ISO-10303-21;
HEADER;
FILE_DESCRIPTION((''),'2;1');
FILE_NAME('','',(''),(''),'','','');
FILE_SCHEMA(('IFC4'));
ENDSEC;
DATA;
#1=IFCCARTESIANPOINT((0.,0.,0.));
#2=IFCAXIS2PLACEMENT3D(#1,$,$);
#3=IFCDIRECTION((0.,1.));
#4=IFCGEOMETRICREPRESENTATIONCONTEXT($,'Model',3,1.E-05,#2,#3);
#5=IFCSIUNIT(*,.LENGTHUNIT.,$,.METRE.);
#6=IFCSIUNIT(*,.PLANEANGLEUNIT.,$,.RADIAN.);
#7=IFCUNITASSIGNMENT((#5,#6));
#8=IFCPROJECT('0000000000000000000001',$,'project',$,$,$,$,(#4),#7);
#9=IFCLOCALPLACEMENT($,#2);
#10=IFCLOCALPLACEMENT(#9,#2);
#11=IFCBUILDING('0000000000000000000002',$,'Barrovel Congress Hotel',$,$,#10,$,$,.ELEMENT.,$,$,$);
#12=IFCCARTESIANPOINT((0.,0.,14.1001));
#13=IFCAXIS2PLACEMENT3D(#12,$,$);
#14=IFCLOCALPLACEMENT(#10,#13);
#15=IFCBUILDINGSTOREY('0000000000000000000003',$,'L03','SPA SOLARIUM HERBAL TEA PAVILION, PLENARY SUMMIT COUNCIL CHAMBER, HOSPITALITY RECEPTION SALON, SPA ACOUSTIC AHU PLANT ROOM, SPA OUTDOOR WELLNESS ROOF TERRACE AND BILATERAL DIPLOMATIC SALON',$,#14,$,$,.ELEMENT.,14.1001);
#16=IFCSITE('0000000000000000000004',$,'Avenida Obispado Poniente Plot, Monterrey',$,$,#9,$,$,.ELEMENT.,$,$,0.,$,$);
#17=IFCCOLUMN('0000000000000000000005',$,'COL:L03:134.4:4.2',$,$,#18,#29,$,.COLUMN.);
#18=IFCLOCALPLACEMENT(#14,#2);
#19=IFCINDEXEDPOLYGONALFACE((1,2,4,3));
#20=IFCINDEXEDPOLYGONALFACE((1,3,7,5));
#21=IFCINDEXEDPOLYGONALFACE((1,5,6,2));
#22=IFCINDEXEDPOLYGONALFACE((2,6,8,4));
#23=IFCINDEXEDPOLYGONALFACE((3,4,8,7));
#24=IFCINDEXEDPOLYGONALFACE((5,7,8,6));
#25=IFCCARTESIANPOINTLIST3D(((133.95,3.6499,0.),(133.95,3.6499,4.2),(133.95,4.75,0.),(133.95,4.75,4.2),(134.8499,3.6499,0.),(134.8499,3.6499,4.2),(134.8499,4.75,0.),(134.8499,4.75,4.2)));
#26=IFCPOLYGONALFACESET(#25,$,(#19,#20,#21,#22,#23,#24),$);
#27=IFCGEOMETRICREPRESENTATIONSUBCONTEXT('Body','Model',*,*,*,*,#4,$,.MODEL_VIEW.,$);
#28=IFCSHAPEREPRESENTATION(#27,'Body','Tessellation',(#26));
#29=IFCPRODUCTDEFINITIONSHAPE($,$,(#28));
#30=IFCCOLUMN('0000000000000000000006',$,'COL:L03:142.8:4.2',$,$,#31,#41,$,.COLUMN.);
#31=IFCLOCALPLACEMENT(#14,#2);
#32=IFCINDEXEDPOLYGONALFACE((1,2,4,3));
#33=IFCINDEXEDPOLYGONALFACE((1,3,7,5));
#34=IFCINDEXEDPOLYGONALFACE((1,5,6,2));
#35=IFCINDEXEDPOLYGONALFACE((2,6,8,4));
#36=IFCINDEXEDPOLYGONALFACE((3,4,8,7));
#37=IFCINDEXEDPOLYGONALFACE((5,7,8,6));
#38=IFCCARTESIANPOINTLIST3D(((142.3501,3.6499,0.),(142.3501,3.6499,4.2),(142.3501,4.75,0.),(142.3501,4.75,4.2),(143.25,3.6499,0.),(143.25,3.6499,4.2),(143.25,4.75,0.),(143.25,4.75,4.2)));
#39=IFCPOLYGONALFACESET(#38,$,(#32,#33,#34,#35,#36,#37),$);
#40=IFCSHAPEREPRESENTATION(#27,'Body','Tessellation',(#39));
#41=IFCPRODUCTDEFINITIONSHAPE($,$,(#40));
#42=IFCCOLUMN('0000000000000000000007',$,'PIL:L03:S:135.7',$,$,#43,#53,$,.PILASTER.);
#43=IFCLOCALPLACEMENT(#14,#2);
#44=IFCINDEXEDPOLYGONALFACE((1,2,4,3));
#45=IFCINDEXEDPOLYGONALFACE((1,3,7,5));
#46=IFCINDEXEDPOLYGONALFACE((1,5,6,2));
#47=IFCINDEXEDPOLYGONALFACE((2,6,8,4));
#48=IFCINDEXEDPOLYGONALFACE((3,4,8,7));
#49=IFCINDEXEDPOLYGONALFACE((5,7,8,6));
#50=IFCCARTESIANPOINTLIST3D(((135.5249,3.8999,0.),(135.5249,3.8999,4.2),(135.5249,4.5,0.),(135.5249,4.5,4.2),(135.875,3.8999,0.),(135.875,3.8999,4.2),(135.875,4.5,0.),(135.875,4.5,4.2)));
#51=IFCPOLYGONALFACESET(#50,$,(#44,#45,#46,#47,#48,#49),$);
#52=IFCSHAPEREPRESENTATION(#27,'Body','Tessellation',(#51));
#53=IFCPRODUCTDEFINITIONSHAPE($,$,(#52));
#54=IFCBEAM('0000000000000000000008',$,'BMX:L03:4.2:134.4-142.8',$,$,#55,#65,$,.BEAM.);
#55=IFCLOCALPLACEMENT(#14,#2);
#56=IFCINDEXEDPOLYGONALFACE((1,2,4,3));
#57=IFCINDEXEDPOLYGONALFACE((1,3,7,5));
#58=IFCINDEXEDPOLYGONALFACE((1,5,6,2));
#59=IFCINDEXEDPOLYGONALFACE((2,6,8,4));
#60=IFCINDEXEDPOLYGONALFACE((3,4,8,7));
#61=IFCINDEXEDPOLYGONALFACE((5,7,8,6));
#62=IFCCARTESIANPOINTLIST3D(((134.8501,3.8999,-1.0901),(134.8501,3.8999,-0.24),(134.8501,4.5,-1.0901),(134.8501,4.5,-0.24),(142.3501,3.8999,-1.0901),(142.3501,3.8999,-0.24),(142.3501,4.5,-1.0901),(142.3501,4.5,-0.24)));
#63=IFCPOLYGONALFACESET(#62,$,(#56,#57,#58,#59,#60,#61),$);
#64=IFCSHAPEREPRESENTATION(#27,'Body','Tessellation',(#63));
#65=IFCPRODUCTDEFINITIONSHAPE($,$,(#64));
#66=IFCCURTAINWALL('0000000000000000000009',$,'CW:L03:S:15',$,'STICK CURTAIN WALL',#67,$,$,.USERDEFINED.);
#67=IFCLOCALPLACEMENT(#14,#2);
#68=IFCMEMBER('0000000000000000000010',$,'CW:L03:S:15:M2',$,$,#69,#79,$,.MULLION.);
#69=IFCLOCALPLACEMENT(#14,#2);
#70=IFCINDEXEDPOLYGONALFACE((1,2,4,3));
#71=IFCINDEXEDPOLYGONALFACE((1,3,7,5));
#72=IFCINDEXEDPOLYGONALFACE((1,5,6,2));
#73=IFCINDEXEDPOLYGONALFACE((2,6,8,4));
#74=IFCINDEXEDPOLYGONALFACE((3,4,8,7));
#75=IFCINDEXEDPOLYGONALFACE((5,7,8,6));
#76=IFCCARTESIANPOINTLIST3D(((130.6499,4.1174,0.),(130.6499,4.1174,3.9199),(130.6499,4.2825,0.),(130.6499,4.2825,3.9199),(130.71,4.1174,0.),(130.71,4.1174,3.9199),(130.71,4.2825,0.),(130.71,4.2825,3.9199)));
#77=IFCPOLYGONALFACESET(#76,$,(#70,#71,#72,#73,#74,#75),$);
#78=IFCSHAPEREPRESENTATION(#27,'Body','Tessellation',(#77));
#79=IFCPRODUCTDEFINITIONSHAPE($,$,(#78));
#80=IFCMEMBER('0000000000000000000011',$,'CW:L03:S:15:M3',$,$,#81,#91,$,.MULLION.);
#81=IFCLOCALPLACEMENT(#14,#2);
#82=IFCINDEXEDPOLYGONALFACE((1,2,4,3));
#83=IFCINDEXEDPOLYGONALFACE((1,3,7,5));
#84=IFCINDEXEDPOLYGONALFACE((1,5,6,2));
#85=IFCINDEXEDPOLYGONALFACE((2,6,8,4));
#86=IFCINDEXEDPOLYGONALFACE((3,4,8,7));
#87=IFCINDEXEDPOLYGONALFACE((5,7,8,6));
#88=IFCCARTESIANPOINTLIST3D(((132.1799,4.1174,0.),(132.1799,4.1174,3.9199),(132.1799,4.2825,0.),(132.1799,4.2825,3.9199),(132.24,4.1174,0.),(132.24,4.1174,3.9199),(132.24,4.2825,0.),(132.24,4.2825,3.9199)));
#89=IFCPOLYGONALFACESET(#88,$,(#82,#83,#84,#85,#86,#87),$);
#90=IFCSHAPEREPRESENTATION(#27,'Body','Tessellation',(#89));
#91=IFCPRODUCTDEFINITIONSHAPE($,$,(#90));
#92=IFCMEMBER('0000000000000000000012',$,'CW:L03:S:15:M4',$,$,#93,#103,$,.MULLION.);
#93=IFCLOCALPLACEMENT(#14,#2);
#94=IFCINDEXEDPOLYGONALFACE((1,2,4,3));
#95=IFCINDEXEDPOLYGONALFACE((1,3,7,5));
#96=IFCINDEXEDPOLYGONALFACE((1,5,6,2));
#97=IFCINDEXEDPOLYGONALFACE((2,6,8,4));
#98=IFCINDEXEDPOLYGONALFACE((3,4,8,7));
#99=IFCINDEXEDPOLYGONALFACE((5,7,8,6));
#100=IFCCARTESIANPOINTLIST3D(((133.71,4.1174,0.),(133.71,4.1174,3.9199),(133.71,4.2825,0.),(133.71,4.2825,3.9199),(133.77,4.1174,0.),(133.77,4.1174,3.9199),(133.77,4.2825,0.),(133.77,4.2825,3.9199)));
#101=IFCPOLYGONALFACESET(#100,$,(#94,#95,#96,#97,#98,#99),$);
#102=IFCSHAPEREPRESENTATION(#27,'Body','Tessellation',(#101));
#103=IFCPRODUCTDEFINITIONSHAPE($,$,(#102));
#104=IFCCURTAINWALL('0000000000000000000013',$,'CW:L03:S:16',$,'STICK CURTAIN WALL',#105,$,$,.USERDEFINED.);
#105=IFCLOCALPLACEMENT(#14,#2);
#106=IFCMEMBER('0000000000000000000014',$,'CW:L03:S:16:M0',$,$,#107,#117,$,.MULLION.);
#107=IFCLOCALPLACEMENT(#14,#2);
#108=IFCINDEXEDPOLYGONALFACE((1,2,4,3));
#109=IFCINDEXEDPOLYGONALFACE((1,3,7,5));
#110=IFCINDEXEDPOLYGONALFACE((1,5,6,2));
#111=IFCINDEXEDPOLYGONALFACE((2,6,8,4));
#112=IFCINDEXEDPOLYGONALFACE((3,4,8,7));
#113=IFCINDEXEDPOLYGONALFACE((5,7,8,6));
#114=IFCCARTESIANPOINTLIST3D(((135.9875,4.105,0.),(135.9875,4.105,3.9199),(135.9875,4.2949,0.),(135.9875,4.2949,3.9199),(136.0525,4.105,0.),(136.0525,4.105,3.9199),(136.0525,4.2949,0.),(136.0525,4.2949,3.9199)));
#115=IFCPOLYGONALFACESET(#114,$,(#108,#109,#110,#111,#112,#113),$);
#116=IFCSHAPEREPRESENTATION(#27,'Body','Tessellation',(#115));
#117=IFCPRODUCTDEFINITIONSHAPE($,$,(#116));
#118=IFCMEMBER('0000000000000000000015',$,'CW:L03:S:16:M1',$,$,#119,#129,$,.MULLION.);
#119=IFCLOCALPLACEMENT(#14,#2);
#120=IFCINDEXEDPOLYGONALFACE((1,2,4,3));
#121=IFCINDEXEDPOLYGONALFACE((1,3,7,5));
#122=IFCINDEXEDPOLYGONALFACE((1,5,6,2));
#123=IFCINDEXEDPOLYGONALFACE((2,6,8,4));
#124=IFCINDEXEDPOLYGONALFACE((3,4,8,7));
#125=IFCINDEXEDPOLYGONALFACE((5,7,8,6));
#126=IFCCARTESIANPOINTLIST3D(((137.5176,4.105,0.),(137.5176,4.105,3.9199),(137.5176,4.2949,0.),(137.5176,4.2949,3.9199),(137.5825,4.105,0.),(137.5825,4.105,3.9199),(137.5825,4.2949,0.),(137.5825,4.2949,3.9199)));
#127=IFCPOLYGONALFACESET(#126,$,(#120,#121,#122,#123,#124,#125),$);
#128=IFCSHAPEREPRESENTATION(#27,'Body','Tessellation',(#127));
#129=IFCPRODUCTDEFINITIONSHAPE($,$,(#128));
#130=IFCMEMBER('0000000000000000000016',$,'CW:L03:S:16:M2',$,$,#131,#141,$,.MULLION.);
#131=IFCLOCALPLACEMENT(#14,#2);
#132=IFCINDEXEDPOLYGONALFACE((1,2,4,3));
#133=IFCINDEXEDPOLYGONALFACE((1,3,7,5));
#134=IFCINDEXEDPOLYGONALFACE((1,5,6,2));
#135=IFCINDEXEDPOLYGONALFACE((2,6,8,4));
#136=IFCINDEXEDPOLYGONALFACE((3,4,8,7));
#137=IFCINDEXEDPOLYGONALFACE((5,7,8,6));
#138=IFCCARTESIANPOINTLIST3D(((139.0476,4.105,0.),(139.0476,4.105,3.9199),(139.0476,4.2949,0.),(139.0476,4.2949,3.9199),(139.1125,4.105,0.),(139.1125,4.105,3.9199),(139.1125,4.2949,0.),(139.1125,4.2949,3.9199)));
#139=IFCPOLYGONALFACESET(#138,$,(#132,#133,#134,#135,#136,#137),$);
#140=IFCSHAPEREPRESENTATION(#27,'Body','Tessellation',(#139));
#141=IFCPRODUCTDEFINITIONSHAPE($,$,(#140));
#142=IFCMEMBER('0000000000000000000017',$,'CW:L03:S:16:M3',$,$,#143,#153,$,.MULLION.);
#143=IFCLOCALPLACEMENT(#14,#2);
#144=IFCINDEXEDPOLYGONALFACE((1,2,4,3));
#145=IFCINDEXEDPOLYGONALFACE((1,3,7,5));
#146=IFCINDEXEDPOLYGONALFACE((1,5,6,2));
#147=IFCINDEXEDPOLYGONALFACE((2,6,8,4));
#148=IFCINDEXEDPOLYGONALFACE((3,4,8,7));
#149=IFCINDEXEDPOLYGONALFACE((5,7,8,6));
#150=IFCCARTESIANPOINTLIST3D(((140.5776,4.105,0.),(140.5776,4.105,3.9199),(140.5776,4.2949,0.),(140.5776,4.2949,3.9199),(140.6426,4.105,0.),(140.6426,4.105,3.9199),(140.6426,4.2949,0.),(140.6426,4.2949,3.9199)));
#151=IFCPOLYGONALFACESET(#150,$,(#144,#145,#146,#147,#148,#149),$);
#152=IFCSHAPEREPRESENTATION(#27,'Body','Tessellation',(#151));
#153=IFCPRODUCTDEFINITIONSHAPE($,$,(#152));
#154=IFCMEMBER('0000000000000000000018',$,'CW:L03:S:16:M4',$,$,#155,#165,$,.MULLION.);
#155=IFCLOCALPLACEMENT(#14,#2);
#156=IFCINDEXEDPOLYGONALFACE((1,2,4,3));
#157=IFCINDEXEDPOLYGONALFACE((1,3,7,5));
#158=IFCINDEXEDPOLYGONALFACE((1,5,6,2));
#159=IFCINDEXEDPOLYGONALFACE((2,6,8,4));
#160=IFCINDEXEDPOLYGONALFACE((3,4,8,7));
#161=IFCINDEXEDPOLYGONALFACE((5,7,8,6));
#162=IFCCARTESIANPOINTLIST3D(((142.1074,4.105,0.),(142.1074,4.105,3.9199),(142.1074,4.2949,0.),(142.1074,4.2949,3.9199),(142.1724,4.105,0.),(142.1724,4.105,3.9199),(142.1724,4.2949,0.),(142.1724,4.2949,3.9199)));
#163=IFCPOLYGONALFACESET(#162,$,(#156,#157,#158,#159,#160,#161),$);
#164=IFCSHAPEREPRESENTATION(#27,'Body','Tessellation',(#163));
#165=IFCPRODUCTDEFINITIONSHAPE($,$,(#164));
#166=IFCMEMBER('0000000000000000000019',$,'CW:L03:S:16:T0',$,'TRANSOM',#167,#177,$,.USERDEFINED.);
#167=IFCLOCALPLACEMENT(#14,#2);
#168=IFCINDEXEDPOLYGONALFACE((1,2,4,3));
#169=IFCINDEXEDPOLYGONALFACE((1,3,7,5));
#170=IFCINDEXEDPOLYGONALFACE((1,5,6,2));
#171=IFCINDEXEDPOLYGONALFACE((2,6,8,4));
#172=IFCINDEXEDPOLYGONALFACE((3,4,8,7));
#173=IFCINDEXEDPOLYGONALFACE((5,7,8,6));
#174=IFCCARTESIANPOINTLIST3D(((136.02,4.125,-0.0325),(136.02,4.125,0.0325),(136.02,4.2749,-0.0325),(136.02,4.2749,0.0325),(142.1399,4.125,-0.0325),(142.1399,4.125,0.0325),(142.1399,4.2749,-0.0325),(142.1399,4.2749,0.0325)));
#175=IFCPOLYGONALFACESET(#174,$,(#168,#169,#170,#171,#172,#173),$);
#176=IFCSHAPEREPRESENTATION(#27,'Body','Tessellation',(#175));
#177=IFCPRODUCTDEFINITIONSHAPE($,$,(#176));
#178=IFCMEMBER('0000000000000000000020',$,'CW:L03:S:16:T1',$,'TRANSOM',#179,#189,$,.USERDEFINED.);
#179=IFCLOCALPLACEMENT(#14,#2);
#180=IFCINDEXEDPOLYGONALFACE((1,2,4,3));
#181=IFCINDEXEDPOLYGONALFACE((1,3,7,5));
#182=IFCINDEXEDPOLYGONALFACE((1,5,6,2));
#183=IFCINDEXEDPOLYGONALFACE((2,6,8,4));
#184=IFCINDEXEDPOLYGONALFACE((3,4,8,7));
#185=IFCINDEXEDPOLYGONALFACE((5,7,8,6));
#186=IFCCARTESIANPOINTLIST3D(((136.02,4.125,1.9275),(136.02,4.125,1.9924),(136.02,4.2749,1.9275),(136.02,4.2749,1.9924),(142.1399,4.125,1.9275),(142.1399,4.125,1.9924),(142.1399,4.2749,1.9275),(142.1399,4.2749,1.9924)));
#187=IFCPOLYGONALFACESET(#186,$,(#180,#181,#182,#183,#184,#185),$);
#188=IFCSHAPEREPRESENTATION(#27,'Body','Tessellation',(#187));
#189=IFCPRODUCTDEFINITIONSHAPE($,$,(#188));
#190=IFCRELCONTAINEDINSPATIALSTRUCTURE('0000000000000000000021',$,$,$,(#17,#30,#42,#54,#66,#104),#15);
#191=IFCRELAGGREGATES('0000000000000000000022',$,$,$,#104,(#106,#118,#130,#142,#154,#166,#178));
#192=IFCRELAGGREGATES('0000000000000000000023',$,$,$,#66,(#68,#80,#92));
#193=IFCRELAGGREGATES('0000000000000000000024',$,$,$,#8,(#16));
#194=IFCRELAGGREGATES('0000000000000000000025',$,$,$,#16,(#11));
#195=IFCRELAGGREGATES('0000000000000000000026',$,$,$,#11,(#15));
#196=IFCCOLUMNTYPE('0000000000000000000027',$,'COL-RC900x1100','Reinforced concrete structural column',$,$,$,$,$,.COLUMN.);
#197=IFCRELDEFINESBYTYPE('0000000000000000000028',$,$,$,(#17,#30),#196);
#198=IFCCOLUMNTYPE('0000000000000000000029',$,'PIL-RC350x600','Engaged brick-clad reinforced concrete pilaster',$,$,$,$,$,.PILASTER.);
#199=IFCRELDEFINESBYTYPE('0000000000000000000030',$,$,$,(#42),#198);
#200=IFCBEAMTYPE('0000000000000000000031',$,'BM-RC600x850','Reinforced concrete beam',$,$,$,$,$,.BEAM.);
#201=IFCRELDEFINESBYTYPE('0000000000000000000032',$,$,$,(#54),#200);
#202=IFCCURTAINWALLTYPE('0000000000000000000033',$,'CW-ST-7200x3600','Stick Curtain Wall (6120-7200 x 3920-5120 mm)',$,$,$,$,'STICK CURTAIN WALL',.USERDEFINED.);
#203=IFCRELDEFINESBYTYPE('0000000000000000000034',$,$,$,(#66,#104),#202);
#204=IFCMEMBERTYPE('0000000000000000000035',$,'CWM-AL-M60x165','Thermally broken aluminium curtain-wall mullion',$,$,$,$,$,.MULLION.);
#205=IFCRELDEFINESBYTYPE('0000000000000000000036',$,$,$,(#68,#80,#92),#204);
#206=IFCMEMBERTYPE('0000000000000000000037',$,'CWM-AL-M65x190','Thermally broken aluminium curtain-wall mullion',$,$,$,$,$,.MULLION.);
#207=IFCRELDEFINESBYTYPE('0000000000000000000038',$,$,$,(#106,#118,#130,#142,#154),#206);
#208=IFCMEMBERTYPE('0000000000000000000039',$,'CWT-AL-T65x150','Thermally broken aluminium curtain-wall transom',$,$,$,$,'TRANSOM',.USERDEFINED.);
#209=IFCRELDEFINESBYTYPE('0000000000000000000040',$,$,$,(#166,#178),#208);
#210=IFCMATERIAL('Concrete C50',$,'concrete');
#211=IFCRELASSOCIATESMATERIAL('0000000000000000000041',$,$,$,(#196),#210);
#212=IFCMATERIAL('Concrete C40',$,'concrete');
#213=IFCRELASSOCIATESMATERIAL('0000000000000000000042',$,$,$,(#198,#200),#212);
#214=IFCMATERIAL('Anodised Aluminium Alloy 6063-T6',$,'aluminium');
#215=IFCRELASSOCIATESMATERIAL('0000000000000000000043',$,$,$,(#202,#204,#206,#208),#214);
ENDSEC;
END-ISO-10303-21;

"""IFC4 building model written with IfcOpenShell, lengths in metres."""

from ifc_helpers import new_model, si_unit, direction, frame, origin, origin_2d, place, context, subcontext, project, spatial, rectangle, extrude, material, material_profile, profile_set, type_object, element, aggregate, save


model = new_model("IFC4")

# Units and contexts
model_context = context("Model", 3, precision=1e-05, world=origin(), true_north=direction((0.0, 1.0)))
body_context = subcontext(model_context, "Body", "Model", "MODEL_VIEW")
ifc_project = project(units=[si_unit("LENGTHUNIT", "METRE"), si_unit("PLANEANGLEUNIT", "RADIAN")], contexts=[model_context])

# Site, building, storey
site_placement = place(None, origin())
site = spatial("IfcSite", under=ifc_project, at=site_placement, Name="Avenida Obispado Poniente Plot, Monterrey", CompositionType="ELEMENT", RefElevation=0.0)
building_placement = place(site_placement, origin())
building = spatial("IfcBuilding", under=site, at=building_placement, Name="Barrovel Congress Hotel", CompositionType="ELEMENT")
storey_placement = place(building_placement, frame((0.0, 0.0, 14.1001)))
storey = spatial("IfcBuildingStorey", under=building, at=storey_placement, Name="L03", Description="SPA SOLARIUM HERBAL TEA PAVILION, PLENARY SUMMIT COUNCIL CHAMBER, HOSPITALITY RECEPTION SALON, SPA ACOUSTIC AHU PLANT ROOM, SPA OUTDOOR WELLNESS ROOF TERRACE AND BILATERAL DIPLOMATIC SALON", CompositionType="ELEMENT", Elevation=14.1001)

# Columns
ifc_material_1 = material(Name="Concrete C50", Category="concrete")
ifc_material_profile_1 = material_profile(ifc_material_1, rectangle(XDim=0.8999, YDim=1.1001, at=origin_2d()), Name="RC900x1100")
ifc_profile_set_1 = profile_set([ifc_material_profile_1], Name="Concrete C50")
column_type_1 = type_object("IfcColumnType", Name="COL-RC900x1100", Description="Reinforced concrete structural column", PredefinedType="COLUMN", material=ifc_profile_set_1)
for number, where, z_axis, x_axis, name in (
    (1, (134.3999, 4.2, 0.0), (0.0, 0.0, 1.0), (1.0, 0.0, 0.0), "COL:L03:134.4:4.2"),
    (2, (142.8, 4.2, 0.0), (0.0, 0.0, 1.0), (1.0, 0.0, 0.0), "COL:L03:142.8:4.2"),
):
    element("IfcColumn", number, at=place(storey_placement, frame(where, z_axis=z_axis, x_axis=x_axis)), inside=storey, type_object=column_type_1, Name=name, PredefinedType="COLUMN", context=body_context, shape_type="SweptSolid", body=[
        extrude(rectangle(XDim=0.8999, YDim=1.1001, at=origin_2d()), origin(), (0.0, 0.0, 1.0), 4.2),
    ])
ifc_material_2 = material(Name="Concrete C40", Category="concrete")
ifc_material_profile_2 = material_profile(ifc_material_2, rectangle(XDim=0.3501, YDim=0.6001, at=origin_2d()), Name="RC350x600")
ifc_profile_set_2 = profile_set([ifc_material_profile_2], Name="Concrete C40")
column_type_2 = type_object("IfcColumnType", Name="PIL-RC350x600", Description="Engaged brick-clad reinforced concrete pilaster", PredefinedType="PILASTER", material=ifc_profile_set_2)
column_placement = place(storey_placement, frame((135.7, 4.2, 0.0), z_axis=(0.0, 0.0, 1.0), x_axis=(1.0, 0.0, 0.0)))
element("IfcColumn", 3, at=column_placement, inside=storey, type_object=column_type_2, Name="PIL:L03:S:135.7", PredefinedType="PILASTER", context=body_context, shape_type="SweptSolid", body=[
    extrude(rectangle(XDim=0.3501, YDim=0.6001, at=origin_2d()), origin(), (0.0, 0.0, 1.0), 4.2),
])

# Beam
ifc_material_profile_3 = material_profile(ifc_material_2, rectangle(XDim=0.6001, YDim=0.8501, at=origin_2d()), Name="RC600x850")
ifc_profile_set_3 = profile_set([ifc_material_profile_3], Name="Concrete C40")
beam_type = type_object("IfcBeamType", Name="BM-RC600x850", Description="Reinforced concrete beam", PredefinedType="BEAM", material=ifc_profile_set_3)
beam_placement = place(storey_placement, frame((134.8501, 4.2, -0.665), z_axis=(1.0, 0.0, 0.0), x_axis=(0.0, 1.0, 0.0)))
element("IfcBeam", 4, at=beam_placement, inside=storey, type_object=beam_type, Name="BMX:L03:4.2:134.4-142.8", PredefinedType="BEAM", context=body_context, shape_type="SweptSolid", body=[
    extrude(rectangle(XDim=0.6001, YDim=0.8501, at=origin_2d()), origin(), (0.0, 0.0, 1.0), 7.5),
])

# Curtain wall, members
ifc_material_3 = material(Name="Anodised Aluminium Alloy 6063-T6", Category="aluminium")
curtain_wall_type = type_object("IfcCurtainWallType", Name="CW-ST-7200x3600", Description="Stick Curtain Wall (6120-7200 x 3920-5120 mm)", ElementType="STICK CURTAIN WALL", PredefinedType="USERDEFINED", material=ifc_material_3)
curtain_wall_1_placement = place(storey_placement, origin())
curtain_wall_1 = element("IfcCurtainWall", 5, at=curtain_wall_1_placement, inside=storey, type_object=curtain_wall_type, Name="CW:L03:S:15", ObjectType="STICK CURTAIN WALL", PredefinedType="USERDEFINED")
ifc_material_profile_4 = material_profile(ifc_material_3, rectangle(XDim=0.0601, YDim=0.165, at=origin_2d()), Name="AL-M60x165")
ifc_profile_set_4 = profile_set([ifc_material_profile_4], Name="Anodised Aluminium Alloy 6063-T6")
member_type_1 = type_object("IfcMemberType", Name="CWM-AL-M60x165", Description="Thermally broken aluminium curtain-wall mullion", PredefinedType="MULLION", material=ifc_profile_set_4)
member_1_placement = place(storey_placement, frame((130.6799, 4.2, 0.0), z_axis=(0.0, 0.0, 1.0), x_axis=(1.0, 0.0, 0.0)))
member_1 = element("IfcMember", 6, at=member_1_placement, type_object=member_type_1, Name="CW:L03:S:15:M2", PredefinedType="MULLION", context=body_context, shape_type="SweptSolid", body=[
    extrude(rectangle(XDim=0.0601, YDim=0.165, at=origin_2d()), origin(), (0.0, 0.0, 1.0), 3.9199),
])
member_2_placement = place(storey_placement, frame((132.21, 4.2, 0.0), z_axis=(0.0, 0.0, 1.0), x_axis=(1.0, 0.0, 0.0)))
member_2 = element("IfcMember", 7, at=member_2_placement, type_object=member_type_1, Name="CW:L03:S:15:M3", PredefinedType="MULLION", context=body_context, shape_type="SweptSolid", body=[
    extrude(rectangle(XDim=0.0601, YDim=0.165, at=origin_2d()), origin(), (0.0, 0.0, 1.0), 3.9199),
])
member_3_placement = place(storey_placement, frame((133.74, 4.2, 0.0), z_axis=(0.0, 0.0, 1.0), x_axis=(1.0, 0.0, 0.0)))
member_3 = element("IfcMember", 8, at=member_3_placement, type_object=member_type_1, Name="CW:L03:S:15:M4", PredefinedType="MULLION", context=body_context, shape_type="SweptSolid", body=[
    extrude(rectangle(XDim=0.0601, YDim=0.165, at=origin_2d()), origin(), (0.0, 0.0, 1.0), 3.9199),
])

# Curtain wall, members
curtain_wall_2_placement = place(storey_placement, origin())
curtain_wall_2 = element("IfcCurtainWall", 9, at=curtain_wall_2_placement, inside=storey, type_object=curtain_wall_type, Name="CW:L03:S:16", ObjectType="STICK CURTAIN WALL", PredefinedType="USERDEFINED")
ifc_material_profile_5 = material_profile(ifc_material_3, rectangle(XDim=0.0649, YDim=0.1899, at=origin_2d()), Name="AL-M65x190")
ifc_profile_set_5 = profile_set([ifc_material_profile_5], Name="Anodised Aluminium Alloy 6063-T6")
member_type_2 = type_object("IfcMemberType", Name="CWM-AL-M65x190", Description="Thermally broken aluminium curtain-wall mullion", PredefinedType="MULLION", material=ifc_profile_set_5)
member_4_placement = place(storey_placement, frame((136.02, 4.2, 0.0), z_axis=(0.0, 0.0, 1.0), x_axis=(1.0, 0.0, 0.0)))
member_4 = element("IfcMember", 10, at=member_4_placement, type_object=member_type_2, Name="CW:L03:S:16:M0", PredefinedType="MULLION", context=body_context, shape_type="SweptSolid", body=[
    extrude(rectangle(XDim=0.0649, YDim=0.1899, at=origin_2d()), origin(), (0.0, 0.0, 1.0), 3.9199),
])
member_5_placement = place(storey_placement, frame((137.55, 4.2, 0.0), z_axis=(0.0, 0.0, 1.0), x_axis=(1.0, 0.0, 0.0)))
member_5 = element("IfcMember", 11, at=member_5_placement, type_object=member_type_2, Name="CW:L03:S:16:M1", PredefinedType="MULLION", context=body_context, shape_type="SweptSolid", body=[
    extrude(rectangle(XDim=0.0649, YDim=0.1899, at=origin_2d()), origin(), (0.0, 0.0, 1.0), 3.9199),
])
member_6_placement = place(storey_placement, frame((139.0801, 4.2, 0.0), z_axis=(0.0, 0.0, 1.0), x_axis=(1.0, 0.0, 0.0)))
member_6 = element("IfcMember", 12, at=member_6_placement, type_object=member_type_2, Name="CW:L03:S:16:M2", PredefinedType="MULLION", context=body_context, shape_type="SweptSolid", body=[
    extrude(rectangle(XDim=0.0649, YDim=0.1899, at=origin_2d()), origin(), (0.0, 0.0, 1.0), 3.9199),
])
member_7_placement = place(storey_placement, frame((140.6101, 4.2, 0.0), z_axis=(0.0, 0.0, 1.0), x_axis=(1.0, 0.0, 0.0)))
member_7 = element("IfcMember", 13, at=member_7_placement, type_object=member_type_2, Name="CW:L03:S:16:M3", PredefinedType="MULLION", context=body_context, shape_type="SweptSolid", body=[
    extrude(rectangle(XDim=0.0649, YDim=0.1899, at=origin_2d()), origin(), (0.0, 0.0, 1.0), 3.9199),
])
member_8_placement = place(storey_placement, frame((142.1399, 4.2, 0.0), z_axis=(0.0, 0.0, 1.0), x_axis=(1.0, 0.0, 0.0)))
member_8 = element("IfcMember", 14, at=member_8_placement, type_object=member_type_2, Name="CW:L03:S:16:M4", PredefinedType="MULLION", context=body_context, shape_type="SweptSolid", body=[
    extrude(rectangle(XDim=0.0649, YDim=0.1899, at=origin_2d()), origin(), (0.0, 0.0, 1.0), 3.9199),
])
ifc_material_profile_6 = material_profile(ifc_material_3, rectangle(XDim=0.1499, YDim=0.0649, at=origin_2d()), Name="AL-T65x150")
ifc_profile_set_6 = profile_set([ifc_material_profile_6], Name="Anodised Aluminium Alloy 6063-T6")
member_type_3 = type_object("IfcMemberType", Name="CWT-AL-T65x150", Description="Thermally broken aluminium curtain-wall transom", ElementType="TRANSOM", PredefinedType="USERDEFINED", material=ifc_profile_set_6)
member_9_placement = place(storey_placement, frame((136.02, 4.2, 0.0), z_axis=(1.0, 0.0, 0.0), x_axis=(0.0, 1.0, 0.0)))
member_9 = element("IfcMember", 15, at=member_9_placement, type_object=member_type_3, Name="CW:L03:S:16:T0", ObjectType="TRANSOM", PredefinedType="USERDEFINED", context=body_context, shape_type="SweptSolid", body=[
    extrude(rectangle(XDim=0.1499, YDim=0.0649, at=origin_2d()), origin(), (0.0, 0.0, 1.0), 6.1199),
])
member_10_placement = place(storey_placement, frame((136.02, 4.2, 1.96), z_axis=(1.0, 0.0, 0.0), x_axis=(0.0, 1.0, 0.0)))
member_10 = element("IfcMember", 16, at=member_10_placement, type_object=member_type_3, Name="CW:L03:S:16:T1", ObjectType="TRANSOM", PredefinedType="USERDEFINED", context=body_context, shape_type="SweptSolid", body=[
    extrude(rectangle(XDim=0.1499, YDim=0.0649, at=origin_2d()), origin(), (0.0, 0.0, 1.0), 6.1199),
])
aggregate(curtain_wall_2, [member_4, member_5, member_6, member_7, member_8, member_9, member_10])

aggregate(curtain_wall_1, [member_1, member_2, member_3])

save(model, "model.ifc")
